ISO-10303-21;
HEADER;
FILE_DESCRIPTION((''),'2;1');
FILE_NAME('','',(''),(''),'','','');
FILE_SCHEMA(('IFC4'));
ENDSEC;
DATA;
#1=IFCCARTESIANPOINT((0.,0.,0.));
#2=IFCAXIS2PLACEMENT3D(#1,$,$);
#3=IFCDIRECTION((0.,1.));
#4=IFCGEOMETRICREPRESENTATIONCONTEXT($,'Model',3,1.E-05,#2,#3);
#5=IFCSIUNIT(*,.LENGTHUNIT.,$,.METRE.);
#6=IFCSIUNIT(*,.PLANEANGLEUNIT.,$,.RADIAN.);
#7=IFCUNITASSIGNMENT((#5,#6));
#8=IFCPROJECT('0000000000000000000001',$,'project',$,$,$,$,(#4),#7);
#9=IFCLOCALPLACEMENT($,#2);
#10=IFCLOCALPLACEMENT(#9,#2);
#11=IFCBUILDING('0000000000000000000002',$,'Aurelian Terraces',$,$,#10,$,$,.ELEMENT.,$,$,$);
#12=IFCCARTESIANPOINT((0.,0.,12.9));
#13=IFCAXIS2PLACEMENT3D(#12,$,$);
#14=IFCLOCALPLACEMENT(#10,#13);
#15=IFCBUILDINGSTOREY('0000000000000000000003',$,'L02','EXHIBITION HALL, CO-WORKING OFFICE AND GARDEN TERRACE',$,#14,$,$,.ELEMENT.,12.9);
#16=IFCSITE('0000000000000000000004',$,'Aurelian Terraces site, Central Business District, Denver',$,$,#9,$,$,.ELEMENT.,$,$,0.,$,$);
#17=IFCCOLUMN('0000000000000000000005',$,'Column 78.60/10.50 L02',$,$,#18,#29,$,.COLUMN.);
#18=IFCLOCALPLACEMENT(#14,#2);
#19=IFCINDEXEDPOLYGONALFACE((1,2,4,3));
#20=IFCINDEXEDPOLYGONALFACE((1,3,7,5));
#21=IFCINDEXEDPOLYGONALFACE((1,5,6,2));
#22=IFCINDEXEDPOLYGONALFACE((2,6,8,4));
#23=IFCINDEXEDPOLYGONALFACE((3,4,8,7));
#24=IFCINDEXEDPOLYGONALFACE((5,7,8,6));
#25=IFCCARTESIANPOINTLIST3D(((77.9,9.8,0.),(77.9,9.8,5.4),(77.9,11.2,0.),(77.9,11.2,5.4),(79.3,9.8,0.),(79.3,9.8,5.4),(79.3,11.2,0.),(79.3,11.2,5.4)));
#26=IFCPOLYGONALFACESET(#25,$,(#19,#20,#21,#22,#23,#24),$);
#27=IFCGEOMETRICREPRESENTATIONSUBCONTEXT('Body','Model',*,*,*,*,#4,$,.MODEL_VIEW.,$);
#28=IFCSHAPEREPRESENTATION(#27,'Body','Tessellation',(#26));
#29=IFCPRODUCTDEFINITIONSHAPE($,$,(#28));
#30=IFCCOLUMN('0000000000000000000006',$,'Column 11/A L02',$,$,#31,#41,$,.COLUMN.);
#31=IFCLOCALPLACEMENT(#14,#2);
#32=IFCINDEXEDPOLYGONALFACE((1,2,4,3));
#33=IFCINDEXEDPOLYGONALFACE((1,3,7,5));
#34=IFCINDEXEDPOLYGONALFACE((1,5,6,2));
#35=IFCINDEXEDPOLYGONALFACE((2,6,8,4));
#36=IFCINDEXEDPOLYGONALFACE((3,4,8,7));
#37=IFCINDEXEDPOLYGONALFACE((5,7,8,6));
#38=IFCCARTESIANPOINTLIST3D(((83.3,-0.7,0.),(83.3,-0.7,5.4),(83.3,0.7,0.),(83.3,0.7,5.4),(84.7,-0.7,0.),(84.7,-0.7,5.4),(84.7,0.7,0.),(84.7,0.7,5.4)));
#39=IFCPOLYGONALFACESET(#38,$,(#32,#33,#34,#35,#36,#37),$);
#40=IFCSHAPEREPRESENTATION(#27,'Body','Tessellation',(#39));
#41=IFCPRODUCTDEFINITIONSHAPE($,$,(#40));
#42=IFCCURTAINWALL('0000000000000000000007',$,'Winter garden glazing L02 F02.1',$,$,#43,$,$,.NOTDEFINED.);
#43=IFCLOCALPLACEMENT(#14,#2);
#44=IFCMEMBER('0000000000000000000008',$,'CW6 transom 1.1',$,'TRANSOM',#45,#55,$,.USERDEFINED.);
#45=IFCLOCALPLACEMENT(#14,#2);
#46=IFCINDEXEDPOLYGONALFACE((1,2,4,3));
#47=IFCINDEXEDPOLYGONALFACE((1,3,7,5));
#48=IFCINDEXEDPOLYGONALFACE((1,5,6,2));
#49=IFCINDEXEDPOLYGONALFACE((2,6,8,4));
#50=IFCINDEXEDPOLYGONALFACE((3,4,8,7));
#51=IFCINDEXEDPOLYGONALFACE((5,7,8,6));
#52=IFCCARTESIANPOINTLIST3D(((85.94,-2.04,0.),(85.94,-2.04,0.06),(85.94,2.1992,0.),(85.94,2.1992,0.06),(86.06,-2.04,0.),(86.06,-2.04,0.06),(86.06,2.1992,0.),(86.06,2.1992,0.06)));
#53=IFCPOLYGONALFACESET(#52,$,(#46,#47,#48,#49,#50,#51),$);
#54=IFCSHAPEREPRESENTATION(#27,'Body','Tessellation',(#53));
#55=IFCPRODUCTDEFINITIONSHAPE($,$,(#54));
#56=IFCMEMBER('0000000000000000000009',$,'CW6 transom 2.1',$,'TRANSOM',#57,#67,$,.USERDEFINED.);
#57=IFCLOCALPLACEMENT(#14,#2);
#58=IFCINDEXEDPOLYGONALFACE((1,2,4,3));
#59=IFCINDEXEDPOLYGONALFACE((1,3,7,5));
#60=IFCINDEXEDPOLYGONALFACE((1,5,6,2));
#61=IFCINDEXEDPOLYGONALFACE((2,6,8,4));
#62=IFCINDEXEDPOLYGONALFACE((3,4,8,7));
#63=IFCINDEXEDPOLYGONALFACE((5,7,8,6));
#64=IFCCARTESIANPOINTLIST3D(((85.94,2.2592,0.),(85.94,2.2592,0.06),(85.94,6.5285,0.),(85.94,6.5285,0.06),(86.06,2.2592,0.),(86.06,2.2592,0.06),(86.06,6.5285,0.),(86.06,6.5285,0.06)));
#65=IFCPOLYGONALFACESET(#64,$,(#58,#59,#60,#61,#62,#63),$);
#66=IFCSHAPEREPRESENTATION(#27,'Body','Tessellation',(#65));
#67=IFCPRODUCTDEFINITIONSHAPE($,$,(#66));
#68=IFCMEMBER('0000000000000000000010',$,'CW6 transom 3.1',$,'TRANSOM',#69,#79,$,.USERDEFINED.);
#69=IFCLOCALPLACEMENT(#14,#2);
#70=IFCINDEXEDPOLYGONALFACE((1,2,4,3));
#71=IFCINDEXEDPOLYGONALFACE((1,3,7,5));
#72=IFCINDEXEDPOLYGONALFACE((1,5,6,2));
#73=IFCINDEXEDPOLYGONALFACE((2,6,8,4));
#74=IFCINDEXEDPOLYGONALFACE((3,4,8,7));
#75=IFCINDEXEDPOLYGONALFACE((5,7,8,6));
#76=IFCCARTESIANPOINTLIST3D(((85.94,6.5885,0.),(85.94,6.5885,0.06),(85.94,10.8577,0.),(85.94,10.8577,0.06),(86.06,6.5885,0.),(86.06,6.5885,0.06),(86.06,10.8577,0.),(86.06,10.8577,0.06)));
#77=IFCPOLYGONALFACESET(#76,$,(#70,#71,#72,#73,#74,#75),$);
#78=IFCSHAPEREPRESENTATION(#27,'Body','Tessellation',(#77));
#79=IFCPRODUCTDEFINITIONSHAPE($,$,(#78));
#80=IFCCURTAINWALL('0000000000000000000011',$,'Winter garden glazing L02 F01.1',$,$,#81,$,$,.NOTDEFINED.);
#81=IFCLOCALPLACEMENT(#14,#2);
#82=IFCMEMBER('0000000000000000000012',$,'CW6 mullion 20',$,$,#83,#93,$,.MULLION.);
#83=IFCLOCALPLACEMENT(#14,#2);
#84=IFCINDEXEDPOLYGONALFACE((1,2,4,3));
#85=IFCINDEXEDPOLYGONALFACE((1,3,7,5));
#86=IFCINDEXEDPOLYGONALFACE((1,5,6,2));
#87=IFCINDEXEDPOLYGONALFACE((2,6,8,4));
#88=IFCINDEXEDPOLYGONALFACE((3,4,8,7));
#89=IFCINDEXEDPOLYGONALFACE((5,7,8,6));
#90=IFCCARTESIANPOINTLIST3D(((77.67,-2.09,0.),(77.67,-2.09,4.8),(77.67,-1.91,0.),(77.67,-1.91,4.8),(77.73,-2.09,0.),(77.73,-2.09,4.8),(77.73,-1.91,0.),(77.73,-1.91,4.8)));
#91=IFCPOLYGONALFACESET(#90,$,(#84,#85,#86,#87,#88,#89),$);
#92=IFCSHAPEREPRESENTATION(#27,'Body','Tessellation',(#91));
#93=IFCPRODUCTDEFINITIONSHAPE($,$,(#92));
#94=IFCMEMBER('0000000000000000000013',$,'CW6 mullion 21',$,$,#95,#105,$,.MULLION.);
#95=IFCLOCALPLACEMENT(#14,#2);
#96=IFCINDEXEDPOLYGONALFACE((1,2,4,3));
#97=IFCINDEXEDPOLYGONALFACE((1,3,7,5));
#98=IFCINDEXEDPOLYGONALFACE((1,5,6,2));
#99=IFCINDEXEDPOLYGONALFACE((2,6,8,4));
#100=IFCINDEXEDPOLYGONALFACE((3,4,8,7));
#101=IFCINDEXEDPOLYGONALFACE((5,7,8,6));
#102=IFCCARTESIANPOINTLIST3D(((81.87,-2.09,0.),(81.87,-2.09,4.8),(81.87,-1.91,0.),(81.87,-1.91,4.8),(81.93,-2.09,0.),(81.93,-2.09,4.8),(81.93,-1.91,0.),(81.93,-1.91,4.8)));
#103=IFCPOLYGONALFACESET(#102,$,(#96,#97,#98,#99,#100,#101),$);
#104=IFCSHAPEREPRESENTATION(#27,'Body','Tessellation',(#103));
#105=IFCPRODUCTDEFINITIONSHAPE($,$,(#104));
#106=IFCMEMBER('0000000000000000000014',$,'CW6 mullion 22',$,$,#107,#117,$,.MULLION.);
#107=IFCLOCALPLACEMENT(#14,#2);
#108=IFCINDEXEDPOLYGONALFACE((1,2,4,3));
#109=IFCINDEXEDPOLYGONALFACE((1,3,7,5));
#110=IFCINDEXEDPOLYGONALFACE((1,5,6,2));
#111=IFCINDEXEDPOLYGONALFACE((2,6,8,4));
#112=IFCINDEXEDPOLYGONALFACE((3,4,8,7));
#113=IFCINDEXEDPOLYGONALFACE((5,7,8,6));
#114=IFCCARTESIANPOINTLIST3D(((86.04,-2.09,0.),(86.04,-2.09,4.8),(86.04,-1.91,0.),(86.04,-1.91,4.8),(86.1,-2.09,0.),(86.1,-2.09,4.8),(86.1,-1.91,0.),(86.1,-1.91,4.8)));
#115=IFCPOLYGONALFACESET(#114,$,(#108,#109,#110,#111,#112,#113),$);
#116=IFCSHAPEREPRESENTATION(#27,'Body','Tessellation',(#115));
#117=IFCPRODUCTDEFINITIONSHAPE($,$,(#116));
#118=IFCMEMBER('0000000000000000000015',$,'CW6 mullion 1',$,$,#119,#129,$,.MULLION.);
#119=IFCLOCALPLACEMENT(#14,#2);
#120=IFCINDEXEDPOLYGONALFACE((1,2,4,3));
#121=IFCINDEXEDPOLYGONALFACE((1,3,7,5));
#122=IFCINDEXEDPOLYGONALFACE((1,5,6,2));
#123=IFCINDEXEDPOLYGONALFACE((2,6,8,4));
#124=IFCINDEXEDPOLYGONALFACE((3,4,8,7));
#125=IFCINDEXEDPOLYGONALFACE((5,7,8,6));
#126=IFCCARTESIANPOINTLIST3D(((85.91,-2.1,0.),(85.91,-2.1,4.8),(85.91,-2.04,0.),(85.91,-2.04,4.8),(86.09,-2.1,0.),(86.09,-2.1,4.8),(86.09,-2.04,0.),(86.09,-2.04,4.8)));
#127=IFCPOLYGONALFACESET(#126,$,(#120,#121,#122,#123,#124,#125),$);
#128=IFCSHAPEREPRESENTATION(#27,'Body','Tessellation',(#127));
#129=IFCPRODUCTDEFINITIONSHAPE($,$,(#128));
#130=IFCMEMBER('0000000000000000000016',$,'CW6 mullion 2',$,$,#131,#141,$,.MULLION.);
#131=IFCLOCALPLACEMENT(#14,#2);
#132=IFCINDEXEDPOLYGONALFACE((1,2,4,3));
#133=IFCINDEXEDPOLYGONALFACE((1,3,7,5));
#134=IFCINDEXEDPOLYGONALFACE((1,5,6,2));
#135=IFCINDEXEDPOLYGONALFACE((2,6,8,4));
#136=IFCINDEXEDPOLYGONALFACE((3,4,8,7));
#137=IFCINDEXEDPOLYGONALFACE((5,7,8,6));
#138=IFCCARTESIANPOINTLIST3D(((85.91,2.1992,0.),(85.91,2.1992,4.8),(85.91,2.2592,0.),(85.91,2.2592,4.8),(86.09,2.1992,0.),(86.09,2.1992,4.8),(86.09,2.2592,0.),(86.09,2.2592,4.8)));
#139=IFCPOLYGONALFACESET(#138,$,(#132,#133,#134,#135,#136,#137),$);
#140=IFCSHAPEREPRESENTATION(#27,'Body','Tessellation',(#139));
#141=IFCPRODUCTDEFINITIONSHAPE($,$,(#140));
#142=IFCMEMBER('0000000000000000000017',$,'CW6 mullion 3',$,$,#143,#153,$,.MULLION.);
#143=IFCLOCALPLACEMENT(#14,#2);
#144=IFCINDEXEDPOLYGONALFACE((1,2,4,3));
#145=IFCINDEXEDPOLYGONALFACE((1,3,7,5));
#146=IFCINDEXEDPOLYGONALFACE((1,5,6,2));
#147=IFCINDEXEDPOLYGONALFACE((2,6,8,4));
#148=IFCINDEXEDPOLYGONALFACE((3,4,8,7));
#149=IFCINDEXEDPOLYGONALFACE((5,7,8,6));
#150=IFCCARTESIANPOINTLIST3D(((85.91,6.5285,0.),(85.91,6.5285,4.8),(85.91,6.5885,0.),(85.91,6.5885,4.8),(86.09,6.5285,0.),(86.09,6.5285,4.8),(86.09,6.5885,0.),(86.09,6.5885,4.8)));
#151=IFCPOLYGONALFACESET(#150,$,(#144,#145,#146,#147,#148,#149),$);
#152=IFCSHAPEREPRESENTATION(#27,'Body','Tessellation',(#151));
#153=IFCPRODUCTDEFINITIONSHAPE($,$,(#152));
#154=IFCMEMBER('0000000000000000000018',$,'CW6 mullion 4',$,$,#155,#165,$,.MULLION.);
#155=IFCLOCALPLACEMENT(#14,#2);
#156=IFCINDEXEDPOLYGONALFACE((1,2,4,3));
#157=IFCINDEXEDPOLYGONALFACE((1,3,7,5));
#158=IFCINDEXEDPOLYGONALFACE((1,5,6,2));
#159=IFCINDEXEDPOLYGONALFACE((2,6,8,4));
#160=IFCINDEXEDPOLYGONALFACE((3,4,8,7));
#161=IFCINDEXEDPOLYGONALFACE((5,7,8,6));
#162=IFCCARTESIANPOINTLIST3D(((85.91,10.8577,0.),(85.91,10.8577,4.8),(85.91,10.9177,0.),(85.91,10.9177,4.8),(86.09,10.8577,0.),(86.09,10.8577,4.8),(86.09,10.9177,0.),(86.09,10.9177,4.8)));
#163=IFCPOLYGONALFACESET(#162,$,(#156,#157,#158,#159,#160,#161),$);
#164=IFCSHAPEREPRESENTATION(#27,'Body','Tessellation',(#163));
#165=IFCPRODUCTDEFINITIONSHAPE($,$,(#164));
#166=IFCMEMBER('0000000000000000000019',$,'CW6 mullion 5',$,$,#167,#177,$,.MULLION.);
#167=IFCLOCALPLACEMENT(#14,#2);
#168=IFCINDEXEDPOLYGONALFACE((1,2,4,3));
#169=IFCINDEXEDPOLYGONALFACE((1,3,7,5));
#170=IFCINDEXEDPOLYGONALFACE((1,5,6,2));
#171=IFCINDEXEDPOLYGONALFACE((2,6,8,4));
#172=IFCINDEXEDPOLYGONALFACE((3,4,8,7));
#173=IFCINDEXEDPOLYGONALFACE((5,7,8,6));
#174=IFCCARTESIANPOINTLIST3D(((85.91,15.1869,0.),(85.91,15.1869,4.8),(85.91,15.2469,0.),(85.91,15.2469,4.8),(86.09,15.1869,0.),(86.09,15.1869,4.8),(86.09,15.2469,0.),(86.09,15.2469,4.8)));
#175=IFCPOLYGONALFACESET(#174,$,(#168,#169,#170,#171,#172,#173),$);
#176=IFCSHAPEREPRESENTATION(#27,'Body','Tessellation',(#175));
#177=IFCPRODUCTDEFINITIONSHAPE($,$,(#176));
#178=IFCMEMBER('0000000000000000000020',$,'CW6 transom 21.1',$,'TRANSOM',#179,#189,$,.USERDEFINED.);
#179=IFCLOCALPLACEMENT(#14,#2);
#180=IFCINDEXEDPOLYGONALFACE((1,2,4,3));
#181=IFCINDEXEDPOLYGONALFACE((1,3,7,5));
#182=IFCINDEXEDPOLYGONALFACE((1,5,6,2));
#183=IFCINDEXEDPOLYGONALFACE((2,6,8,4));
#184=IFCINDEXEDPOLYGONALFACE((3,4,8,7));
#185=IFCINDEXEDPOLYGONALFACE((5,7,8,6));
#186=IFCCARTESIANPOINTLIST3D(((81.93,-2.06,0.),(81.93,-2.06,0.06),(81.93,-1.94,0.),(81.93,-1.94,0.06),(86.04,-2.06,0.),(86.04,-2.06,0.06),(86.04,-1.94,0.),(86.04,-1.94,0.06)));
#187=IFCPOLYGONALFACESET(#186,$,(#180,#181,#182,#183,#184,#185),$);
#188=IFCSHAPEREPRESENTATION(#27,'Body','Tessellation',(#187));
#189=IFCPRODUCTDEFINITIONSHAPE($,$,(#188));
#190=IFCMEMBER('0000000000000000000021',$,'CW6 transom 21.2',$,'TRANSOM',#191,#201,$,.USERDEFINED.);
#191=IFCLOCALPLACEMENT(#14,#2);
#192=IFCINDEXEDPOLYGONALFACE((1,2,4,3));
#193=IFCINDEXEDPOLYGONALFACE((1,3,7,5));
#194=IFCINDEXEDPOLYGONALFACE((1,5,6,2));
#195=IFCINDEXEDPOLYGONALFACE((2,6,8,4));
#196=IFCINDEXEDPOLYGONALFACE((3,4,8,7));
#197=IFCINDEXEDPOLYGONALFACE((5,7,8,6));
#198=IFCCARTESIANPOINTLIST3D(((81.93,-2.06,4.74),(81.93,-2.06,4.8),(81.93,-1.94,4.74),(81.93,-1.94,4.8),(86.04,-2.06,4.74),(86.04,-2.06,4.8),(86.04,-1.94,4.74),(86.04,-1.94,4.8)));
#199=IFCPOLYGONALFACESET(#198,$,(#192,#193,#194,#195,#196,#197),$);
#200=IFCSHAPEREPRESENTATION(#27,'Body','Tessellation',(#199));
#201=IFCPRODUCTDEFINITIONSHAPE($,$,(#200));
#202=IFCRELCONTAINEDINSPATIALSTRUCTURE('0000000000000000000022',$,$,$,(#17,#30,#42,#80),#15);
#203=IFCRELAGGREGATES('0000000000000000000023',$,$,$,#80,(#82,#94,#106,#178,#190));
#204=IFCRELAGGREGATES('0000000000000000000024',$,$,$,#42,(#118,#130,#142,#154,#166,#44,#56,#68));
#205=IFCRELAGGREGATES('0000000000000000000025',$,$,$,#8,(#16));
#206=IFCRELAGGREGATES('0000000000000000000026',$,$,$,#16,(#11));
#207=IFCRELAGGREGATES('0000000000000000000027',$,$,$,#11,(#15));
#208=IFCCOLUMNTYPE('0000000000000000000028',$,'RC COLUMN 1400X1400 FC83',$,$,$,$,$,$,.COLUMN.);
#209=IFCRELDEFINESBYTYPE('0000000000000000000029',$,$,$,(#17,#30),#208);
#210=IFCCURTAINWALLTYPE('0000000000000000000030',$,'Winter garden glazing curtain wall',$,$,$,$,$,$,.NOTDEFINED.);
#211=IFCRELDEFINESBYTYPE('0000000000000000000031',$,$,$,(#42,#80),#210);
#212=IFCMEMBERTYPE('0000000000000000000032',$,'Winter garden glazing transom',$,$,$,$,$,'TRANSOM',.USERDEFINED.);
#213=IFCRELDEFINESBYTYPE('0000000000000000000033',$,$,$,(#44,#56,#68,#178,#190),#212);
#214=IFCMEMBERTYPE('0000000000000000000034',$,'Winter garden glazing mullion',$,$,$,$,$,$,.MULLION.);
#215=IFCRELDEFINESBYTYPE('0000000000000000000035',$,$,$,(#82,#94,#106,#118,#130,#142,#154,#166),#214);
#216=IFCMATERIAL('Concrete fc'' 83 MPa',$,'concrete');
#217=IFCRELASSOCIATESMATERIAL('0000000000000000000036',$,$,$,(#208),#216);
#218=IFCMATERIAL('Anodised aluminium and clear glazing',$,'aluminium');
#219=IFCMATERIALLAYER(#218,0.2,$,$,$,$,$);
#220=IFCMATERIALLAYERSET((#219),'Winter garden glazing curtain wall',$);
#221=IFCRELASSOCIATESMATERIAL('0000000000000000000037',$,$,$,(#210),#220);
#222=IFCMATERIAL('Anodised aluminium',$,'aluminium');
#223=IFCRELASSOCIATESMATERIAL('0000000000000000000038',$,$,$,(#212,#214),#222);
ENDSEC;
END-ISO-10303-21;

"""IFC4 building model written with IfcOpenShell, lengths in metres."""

from ifc_helpers import new_model, si_unit, direction, frame, origin, origin_2d, place, context, subcontext, project, spatial, rectangle, extrude, source, transform, mapped, material, layer, layer_set, material_profile, profile_set, type_object, element, aggregate, save


model = new_model("IFC4")

# Units and contexts
model_context = context("Model", 3, precision=1e-05, world=origin(), true_north=direction((0.0, 1.0)))
body_context = subcontext(model_context, "Body", "Model", "MODEL_VIEW")
ifc_project = project(units=[si_unit("LENGTHUNIT", "METRE"), si_unit("PLANEANGLEUNIT", "RADIAN")], contexts=[model_context])

# Site, building, storey
site_placement = place(None, origin())
site = spatial("IfcSite", under=ifc_project, at=site_placement, Name="Aurelian Terraces site, Central Business District, Denver", CompositionType="ELEMENT", RefElevation=0.0)
building_placement = place(site_placement, origin())
building = spatial("IfcBuilding", under=site, at=building_placement, Name="Aurelian Terraces", CompositionType="ELEMENT")
storey_placement = place(building_placement, frame((0.0, 0.0, 12.9)))
storey = spatial("IfcBuildingStorey", under=building, at=storey_placement, Name="L02", Description="EXHIBITION HALL, CO-WORKING OFFICE AND GARDEN TERRACE", CompositionType="ELEMENT", Elevation=12.9)

# Columns
ifc_material_1 = material(Name="Concrete fc' 83 MPa", Category="concrete")
ifc_material_profile_1 = material_profile(ifc_material_1, rectangle(XDim=1.4, YDim=1.4, at=origin_2d()))
ifc_profile_set_1 = profile_set([ifc_material_profile_1], Name="Concrete fc' 83 MPa")
column_type = type_object("IfcColumnType", Name="RC COLUMN 1400X1400 FC83", PredefinedType="COLUMN", material=ifc_profile_set_1)
shared_shape_1 = source(origin(), body_context, "Body", "SweptSolid", [
    extrude(rectangle(XDim=1.4, YDim=1.4, at=origin_2d()), origin(), (0.0, 0.0, 1.0), 5.4),
])
for number, where, z_axis, x_axis, name in (
    (1, (78.6, 10.5, 0.0), (0.0, 0.0, 1.0), (1.0, 0.0, 0.0), "Column 78.60/10.50 L02"),
    (2, (84.0, 0.0, 0.0), (0.0, 0.0, 1.0), (1.0, 0.0, 0.0), "Column 11/A L02"),
):
    element("IfcColumn", number, at=place(storey_placement, frame(where, z_axis=z_axis, x_axis=x_axis)), inside=storey, type_object=column_type, Name=name, PredefinedType="COLUMN", context=body_context, shape_type="MappedRepresentation", body=[
        mapped(shared_shape_1, transform((0.0, 0.0, 0.0), scale=1.0)),
    ])

# Curtain walls, members
ifc_material_2 = material(Name="Anodised aluminium and clear glazing", Category="aluminium")
ifc_layer_1 = layer(ifc_material_2, 0.2)
ifc_layer_set_1 = layer_set([ifc_layer_1], Name="Winter garden glazing curtain wall")
curtain_wall_type = type_object("IfcCurtainWallType", Name="Winter garden glazing curtain wall", PredefinedType="NOTDEFINED", material=ifc_layer_set_1)
curtain_wall_1_placement = place(storey_placement, origin())
curtain_wall_1 = element("IfcCurtainWall", 3, at=curtain_wall_1_placement, inside=storey, type_object=curtain_wall_type, Name="Winter garden glazing L02 F02.1", PredefinedType="NOTDEFINED")
ifc_material_3 = material(Name="Anodised aluminium", Category="aluminium")
ifc_material_profile_2 = material_profile(ifc_material_3, rectangle(XDim=0.12, YDim=0.06, at=origin_2d()))
ifc_profile_set_2 = profile_set([ifc_material_profile_2], Name="Anodised aluminium")
member_type_1 = type_object("IfcMemberType", Name="Winter garden glazing transom", ElementType="TRANSOM", PredefinedType="USERDEFINED", material=ifc_profile_set_2)
member_1_placement = place(storey_placement, frame((86.0, -2.04, 0.03), z_axis=(0.0, 1.0, 0.0), x_axis=(-1.0, 0.0, 0.0)))
member_1 = element("IfcMember", 4, at=member_1_placement, type_object=member_type_1, Name="CW6 transom 1.1", ObjectType="TRANSOM", PredefinedType="USERDEFINED", context=body_context, shape_type="SweptSolid", body=[
    extrude(rectangle(XDim=0.12, YDim=0.06, at=origin_2d()), origin(), (0.0, 0.0, 1.0), 4.2392),
])
member_2_placement = place(storey_placement, frame((86.0, 2.2592, 0.03), z_axis=(0.0, 1.0, 0.0), x_axis=(-1.0, 0.0, 0.0)))
member_2 = element("IfcMember", 5, at=member_2_placement, type_object=member_type_1, Name="CW6 transom 2.1", ObjectType="TRANSOM", PredefinedType="USERDEFINED", context=body_context, shape_type="SweptSolid", body=[
    extrude(rectangle(XDim=0.12, YDim=0.06, at=origin_2d()), origin(), (0.0, 0.0, 1.0), 4.2693),
])
member_3_placement = place(storey_placement, frame((86.0, 6.5885, 0.03), z_axis=(0.0, 1.0, 0.0), x_axis=(-1.0, 0.0, 0.0)))
member_3 = element("IfcMember", 6, at=member_3_placement, type_object=member_type_1, Name="CW6 transom 3.1", ObjectType="TRANSOM", PredefinedType="USERDEFINED", context=body_context, shape_type="SweptSolid", body=[
    extrude(rectangle(XDim=0.12, YDim=0.06, at=origin_2d()), origin(), (0.0, 0.0, 1.0), 4.2692),
])
curtain_wall_2_placement = place(storey_placement, origin())
curtain_wall_2 = element("IfcCurtainWall", 7, at=curtain_wall_2_placement, inside=storey, type_object=curtain_wall_type, Name="Winter garden glazing L02 F01.1", PredefinedType="NOTDEFINED")
ifc_material_profile_3 = material_profile(ifc_material_3, rectangle(XDim=0.18, YDim=0.06, at=origin_2d()))
ifc_profile_set_3 = profile_set([ifc_material_profile_3], Name="Anodised aluminium")
member_type_2 = type_object("IfcMemberType", Name="Winter garden glazing mullion", PredefinedType="MULLION", material=ifc_profile_set_3)
shared_shape_2 = source(origin(), body_context, "Body", "SweptSolid", [
    extrude(rectangle(XDim=0.18, YDim=0.06, at=origin_2d()), origin(), (0.0, 0.0, 1.0), 4.8),
])
member_4_placement = place(storey_placement, frame((77.7, -2.0, 0.0), z_axis=(0.0, 0.0, 1.0), x_axis=(0.0, 1.0, 0.0)))
member_4 = element("IfcMember", 8, at=member_4_placement, type_object=member_type_2, Name="CW6 mullion 20", PredefinedType="MULLION", context=body_context, shape_type="MappedRepresentation", body=[
    mapped(shared_shape_2, transform((0.0, 0.0, 0.0), scale=1.0)),
])
member_5_placement = place(storey_placement, frame((81.9, -2.0, 0.0), z_axis=(0.0, 0.0, 1.0), x_axis=(0.0, 1.0, 0.0)))
member_5 = element("IfcMember", 9, at=member_5_placement, type_object=member_type_2, Name="CW6 mullion 21", PredefinedType="MULLION", context=body_context, shape_type="MappedRepresentation", body=[
    mapped(shared_shape_2, transform((0.0, 0.0, 0.0), scale=1.0)),
])
member_6_placement = place(storey_placement, frame((86.07, -2.0, 0.0), z_axis=(0.0, 0.0, 1.0), x_axis=(0.0, 1.0, 0.0)))
member_6 = element("IfcMember", 10, at=member_6_placement, type_object=member_type_2, Name="CW6 mullion 22", PredefinedType="MULLION", context=body_context, shape_type="MappedRepresentation", body=[
    mapped(shared_shape_2, transform((0.0, 0.0, 0.0), scale=1.0)),
])

# Members
member_7_placement = place(storey_placement, frame((86.0, -2.07, 0.0), z_axis=(0.0, 0.0, 1.0), x_axis=(-1.0, 0.0, 0.0)))
member_7 = element("IfcMember", 11, at=member_7_placement, type_object=member_type_2, Name="CW6 mullion 1", PredefinedType="MULLION", context=body_context, shape_type="MappedRepresentation", body=[
    mapped(shared_shape_2, transform((0.0, 0.0, 0.0), scale=1.0)),
])
member_8_placement = place(storey_placement, frame((86.0, 2.2292, 0.0), z_axis=(0.0, 0.0, 1.0), x_axis=(-1.0, 0.0, 0.0)))
member_8 = element("IfcMember", 12, at=member_8_placement, type_object=member_type_2, Name="CW6 mullion 2", PredefinedType="MULLION", context=body_context, shape_type="MappedRepresentation", body=[
    mapped(shared_shape_2, transform((0.0, 0.0, 0.0), scale=1.0)),
])
member_9_placement = place(storey_placement, frame((86.0, 6.5585, 0.0), z_axis=(0.0, 0.0, 1.0), x_axis=(-1.0, 0.0, 0.0)))
member_9 = element("IfcMember", 13, at=member_9_placement, type_object=member_type_2, Name="CW6 mullion 3", PredefinedType="MULLION", context=body_context, shape_type="MappedRepresentation", body=[
    mapped(shared_shape_2, transform((0.0, 0.0, 0.0), scale=1.0)),
])
member_10_placement = place(storey_placement, frame((86.0, 10.8877, 0.0), z_axis=(0.0, 0.0, 1.0), x_axis=(-1.0, 0.0, 0.0)))
member_10 = element("IfcMember", 14, at=member_10_placement, type_object=member_type_2, Name="CW6 mullion 4", PredefinedType="MULLION", context=body_context, shape_type="MappedRepresentation", body=[
    mapped(shared_shape_2, transform((0.0, 0.0, 0.0), scale=1.0)),
])
member_11_placement = place(storey_placement, frame((86.0, 15.2169, 0.0), z_axis=(0.0, 0.0, 1.0), x_axis=(-1.0, 0.0, 0.0)))
member_11 = element("IfcMember", 15, at=member_11_placement, type_object=member_type_2, Name="CW6 mullion 5", PredefinedType="MULLION", context=body_context, shape_type="MappedRepresentation", body=[
    mapped(shared_shape_2, transform((0.0, 0.0, 0.0), scale=1.0)),
])
shared_shape_3 = source(origin(), body_context, "Body", "SweptSolid", [
    extrude(rectangle(XDim=0.12, YDim=0.06, at=origin_2d()), origin(), (0.0, 0.0, 1.0), 4.11),
])
member_12_placement = place(storey_placement, frame((81.93, -2.0, 0.03), z_axis=(1.0, 0.0, 0.0), x_axis=(0.0, 1.0, 0.0)))
member_12 = element("IfcMember", 16, at=member_12_placement, type_object=member_type_1, Name="CW6 transom 21.1", ObjectType="TRANSOM", PredefinedType="USERDEFINED", context=body_context, shape_type="MappedRepresentation", body=[
    mapped(shared_shape_3, transform((0.0, 0.0, 0.0), scale=1.0)),
])
member_13_placement = place(storey_placement, frame((81.93, -2.0, 4.77), z_axis=(1.0, 0.0, 0.0), x_axis=(0.0, 1.0, 0.0)))
member_13 = element("IfcMember", 17, at=member_13_placement, type_object=member_type_1, Name="CW6 transom 21.2", ObjectType="TRANSOM", PredefinedType="USERDEFINED", context=body_context, shape_type="MappedRepresentation", body=[
    mapped(shared_shape_3, transform((0.0, 0.0, 0.0), scale=1.0)),
])

aggregate(curtain_wall_2, [member_4, member_5, member_6, member_12, member_13])
aggregate(curtain_wall_1, [member_7, member_8, member_9, member_10, member_11, member_1, member_2, member_3])

save(model, "model.ifc")
